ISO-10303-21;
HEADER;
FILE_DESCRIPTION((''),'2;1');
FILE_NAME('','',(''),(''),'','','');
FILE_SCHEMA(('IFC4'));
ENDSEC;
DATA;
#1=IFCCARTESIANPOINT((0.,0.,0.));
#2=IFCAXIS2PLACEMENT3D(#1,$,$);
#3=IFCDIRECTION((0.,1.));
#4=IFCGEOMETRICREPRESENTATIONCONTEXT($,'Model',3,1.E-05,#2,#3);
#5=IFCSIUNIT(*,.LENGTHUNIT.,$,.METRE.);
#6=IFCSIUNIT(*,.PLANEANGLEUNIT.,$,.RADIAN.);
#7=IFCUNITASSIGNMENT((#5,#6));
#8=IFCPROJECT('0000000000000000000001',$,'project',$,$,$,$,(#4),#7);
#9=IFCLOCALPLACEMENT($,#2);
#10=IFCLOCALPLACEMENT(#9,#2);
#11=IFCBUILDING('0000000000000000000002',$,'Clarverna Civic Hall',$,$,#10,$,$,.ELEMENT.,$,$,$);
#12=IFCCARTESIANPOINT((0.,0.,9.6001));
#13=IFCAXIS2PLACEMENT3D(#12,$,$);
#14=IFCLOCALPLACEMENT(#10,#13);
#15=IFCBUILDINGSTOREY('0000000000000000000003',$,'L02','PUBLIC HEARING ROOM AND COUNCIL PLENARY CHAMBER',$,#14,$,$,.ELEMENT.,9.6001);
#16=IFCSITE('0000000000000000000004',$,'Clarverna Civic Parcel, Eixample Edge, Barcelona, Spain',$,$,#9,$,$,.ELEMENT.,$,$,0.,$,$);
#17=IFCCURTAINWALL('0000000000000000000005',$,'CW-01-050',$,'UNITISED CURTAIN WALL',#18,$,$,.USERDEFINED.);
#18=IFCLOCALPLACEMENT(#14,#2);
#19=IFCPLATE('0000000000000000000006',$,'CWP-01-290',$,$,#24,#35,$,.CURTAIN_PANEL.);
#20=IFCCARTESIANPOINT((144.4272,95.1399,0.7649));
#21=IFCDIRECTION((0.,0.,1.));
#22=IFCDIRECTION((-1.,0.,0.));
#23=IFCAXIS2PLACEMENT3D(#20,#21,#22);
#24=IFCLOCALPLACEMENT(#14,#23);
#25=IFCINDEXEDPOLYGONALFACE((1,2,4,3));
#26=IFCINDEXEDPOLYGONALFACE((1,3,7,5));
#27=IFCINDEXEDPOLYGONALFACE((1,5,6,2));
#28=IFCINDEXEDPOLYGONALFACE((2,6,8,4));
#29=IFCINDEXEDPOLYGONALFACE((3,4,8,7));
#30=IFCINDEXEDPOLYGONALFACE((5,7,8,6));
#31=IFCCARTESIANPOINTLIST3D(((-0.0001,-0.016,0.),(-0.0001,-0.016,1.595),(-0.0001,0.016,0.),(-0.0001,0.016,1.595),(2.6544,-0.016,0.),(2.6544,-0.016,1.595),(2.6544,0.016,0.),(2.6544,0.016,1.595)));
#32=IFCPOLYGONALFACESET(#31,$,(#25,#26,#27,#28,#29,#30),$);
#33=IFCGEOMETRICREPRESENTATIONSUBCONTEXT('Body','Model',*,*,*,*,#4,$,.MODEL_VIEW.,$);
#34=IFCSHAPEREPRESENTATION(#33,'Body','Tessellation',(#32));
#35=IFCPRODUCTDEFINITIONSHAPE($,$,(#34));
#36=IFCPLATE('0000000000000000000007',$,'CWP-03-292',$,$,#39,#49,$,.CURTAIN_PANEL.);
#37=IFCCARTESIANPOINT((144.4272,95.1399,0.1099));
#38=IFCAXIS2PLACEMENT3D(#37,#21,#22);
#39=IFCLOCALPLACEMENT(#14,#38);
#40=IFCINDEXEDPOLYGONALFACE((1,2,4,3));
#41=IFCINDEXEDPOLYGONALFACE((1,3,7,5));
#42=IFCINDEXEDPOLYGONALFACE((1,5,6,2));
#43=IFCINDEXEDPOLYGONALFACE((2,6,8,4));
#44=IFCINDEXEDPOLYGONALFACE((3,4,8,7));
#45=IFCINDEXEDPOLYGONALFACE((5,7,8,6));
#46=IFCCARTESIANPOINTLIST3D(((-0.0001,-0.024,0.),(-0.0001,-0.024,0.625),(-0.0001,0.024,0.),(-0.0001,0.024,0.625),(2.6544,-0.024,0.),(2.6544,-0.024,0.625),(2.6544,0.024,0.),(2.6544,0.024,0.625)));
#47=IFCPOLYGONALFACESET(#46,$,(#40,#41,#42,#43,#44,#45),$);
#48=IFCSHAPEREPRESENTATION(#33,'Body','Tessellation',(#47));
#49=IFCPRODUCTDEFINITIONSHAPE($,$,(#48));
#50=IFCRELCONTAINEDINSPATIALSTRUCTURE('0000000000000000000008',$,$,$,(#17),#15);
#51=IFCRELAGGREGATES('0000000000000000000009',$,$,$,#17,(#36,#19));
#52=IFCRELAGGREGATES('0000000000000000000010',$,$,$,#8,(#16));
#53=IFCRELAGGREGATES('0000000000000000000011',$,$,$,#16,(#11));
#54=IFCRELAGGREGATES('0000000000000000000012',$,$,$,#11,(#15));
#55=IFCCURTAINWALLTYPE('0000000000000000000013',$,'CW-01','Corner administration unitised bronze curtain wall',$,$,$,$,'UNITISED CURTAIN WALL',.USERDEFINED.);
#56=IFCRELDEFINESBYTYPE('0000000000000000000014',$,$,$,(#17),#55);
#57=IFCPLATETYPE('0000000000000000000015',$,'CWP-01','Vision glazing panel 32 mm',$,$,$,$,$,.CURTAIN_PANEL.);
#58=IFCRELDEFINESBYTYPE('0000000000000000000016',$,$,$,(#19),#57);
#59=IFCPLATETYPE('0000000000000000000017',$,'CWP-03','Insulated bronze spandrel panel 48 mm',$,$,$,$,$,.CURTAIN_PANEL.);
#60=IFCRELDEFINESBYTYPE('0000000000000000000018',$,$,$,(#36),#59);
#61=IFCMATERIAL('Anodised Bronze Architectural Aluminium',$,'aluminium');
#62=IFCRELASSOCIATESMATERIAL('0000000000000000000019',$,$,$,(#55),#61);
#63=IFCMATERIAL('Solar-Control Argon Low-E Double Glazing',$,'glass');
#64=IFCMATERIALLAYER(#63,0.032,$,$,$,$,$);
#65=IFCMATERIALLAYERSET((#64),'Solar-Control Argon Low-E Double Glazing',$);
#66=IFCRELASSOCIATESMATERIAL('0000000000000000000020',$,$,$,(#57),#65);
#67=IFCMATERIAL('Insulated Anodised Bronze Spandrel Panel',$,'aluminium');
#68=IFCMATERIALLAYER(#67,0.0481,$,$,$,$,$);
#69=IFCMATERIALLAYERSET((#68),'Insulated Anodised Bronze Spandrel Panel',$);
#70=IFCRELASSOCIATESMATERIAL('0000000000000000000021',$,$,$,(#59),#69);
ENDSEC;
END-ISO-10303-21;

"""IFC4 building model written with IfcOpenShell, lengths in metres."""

from ifc_helpers import new_model, si_unit, direction, frame, frame_2d, origin, place, context, subcontext, project, spatial, rectangle, extrude, material, layer, layer_set, type_object, element, aggregate, save


model = new_model("IFC4")

# Units and contexts
model_context = context("Model", 3, precision=1e-05, world=origin(), true_north=direction((0.0, 1.0)))
body_context = subcontext(model_context, "Body", "Model", "MODEL_VIEW")
ifc_project = project(units=[si_unit("LENGTHUNIT", "METRE"), si_unit("PLANEANGLEUNIT", "RADIAN")], contexts=[model_context])

# Site, building, storey
site_placement = place(None, origin())
site = spatial("IfcSite", under=ifc_project, at=site_placement, Name="Clarverna Civic Parcel, Eixample Edge, Barcelona, Spain", CompositionType="ELEMENT", RefElevation=0.0)
building_placement = place(site_placement, origin())
building = spatial("IfcBuilding", under=site, at=building_placement, Name="Clarverna Civic Hall", CompositionType="ELEMENT")
storey_placement = place(building_placement, frame((0.0, 0.0, 9.6001)))
storey = spatial("IfcBuildingStorey", under=building, at=storey_placement, Name="L02", Description="PUBLIC HEARING ROOM AND COUNCIL PLENARY CHAMBER", CompositionType="ELEMENT", Elevation=9.6001)

# Curtain wall, plates
ifc_material_1 = material(Name="Anodised Bronze Architectural Aluminium", Category="aluminium")
curtain_wall_type = type_object("IfcCurtainWallType", Name="CW-01", Description="Corner administration unitised bronze curtain wall", ElementType="UNITISED CURTAIN WALL", PredefinedType="USERDEFINED", material=ifc_material_1)
curtain_wall_placement = place(storey_placement, origin())
curtain_wall = element("IfcCurtainWall", 1, at=curtain_wall_placement, inside=storey, type_object=curtain_wall_type, Name="CW-01-050", ObjectType="UNITISED CURTAIN WALL", PredefinedType="USERDEFINED")
ifc_material_2 = material(Name="Solar-Control Argon Low-E Double Glazing", Category="glass")
ifc_layer_1 = layer(ifc_material_2, 0.032)
ifc_layer_set_1 = layer_set([ifc_layer_1], Name="Solar-Control Argon Low-E Double Glazing")
plate_type_1 = type_object("IfcPlateType", Name="CWP-01", Description="Vision glazing panel 32 mm", PredefinedType="CURTAIN_PANEL", material=ifc_layer_set_1)
plate_1_placement = place(storey_placement, frame((144.4272, 95.1399, 0.7649), z_axis=(0.0, 0.0, 1.0), x_axis=(-1.0, 0.0, 0.0)))
plate_1 = element("IfcPlate", 2, at=plate_1_placement, type_object=plate_type_1, Name="CWP-01-290", PredefinedType="CURTAIN_PANEL", context=body_context, shape_type="SweptSolid", body=[
    extrude(rectangle(XDim=2.6545, YDim=0.032, at=frame_2d((1.3271, 0.0))), origin(), (0.0, 0.0, 1.0), 1.595),
])
ifc_material_3 = material(Name="Insulated Anodised Bronze Spandrel Panel", Category="aluminium")
ifc_layer_2 = layer(ifc_material_3, 0.0481)
ifc_layer_set_2 = layer_set([ifc_layer_2], Name="Insulated Anodised Bronze Spandrel Panel")
plate_type_2 = type_object("IfcPlateType", Name="CWP-03", Description="Insulated bronze spandrel panel 48 mm", PredefinedType="CURTAIN_PANEL", material=ifc_layer_set_2)
plate_2_placement = place(storey_placement, frame((144.4272, 95.1399, 0.1099), z_axis=(0.0, 0.0, 1.0), x_axis=(-1.0, 0.0, 0.0)))
plate_2 = element("IfcPlate", 3, at=plate_2_placement, type_object=plate_type_2, Name="CWP-03-292", PredefinedType="CURTAIN_PANEL", context=body_context, shape_type="SweptSolid", body=[
    extrude(rectangle(XDim=2.6545, YDim=0.0481, at=frame_2d((1.3271, 0.0))), origin(), (0.0, 0.0, 1.0), 0.625),
])
aggregate(curtain_wall, [plate_2, plate_1])

save(model, "model.ifc")
